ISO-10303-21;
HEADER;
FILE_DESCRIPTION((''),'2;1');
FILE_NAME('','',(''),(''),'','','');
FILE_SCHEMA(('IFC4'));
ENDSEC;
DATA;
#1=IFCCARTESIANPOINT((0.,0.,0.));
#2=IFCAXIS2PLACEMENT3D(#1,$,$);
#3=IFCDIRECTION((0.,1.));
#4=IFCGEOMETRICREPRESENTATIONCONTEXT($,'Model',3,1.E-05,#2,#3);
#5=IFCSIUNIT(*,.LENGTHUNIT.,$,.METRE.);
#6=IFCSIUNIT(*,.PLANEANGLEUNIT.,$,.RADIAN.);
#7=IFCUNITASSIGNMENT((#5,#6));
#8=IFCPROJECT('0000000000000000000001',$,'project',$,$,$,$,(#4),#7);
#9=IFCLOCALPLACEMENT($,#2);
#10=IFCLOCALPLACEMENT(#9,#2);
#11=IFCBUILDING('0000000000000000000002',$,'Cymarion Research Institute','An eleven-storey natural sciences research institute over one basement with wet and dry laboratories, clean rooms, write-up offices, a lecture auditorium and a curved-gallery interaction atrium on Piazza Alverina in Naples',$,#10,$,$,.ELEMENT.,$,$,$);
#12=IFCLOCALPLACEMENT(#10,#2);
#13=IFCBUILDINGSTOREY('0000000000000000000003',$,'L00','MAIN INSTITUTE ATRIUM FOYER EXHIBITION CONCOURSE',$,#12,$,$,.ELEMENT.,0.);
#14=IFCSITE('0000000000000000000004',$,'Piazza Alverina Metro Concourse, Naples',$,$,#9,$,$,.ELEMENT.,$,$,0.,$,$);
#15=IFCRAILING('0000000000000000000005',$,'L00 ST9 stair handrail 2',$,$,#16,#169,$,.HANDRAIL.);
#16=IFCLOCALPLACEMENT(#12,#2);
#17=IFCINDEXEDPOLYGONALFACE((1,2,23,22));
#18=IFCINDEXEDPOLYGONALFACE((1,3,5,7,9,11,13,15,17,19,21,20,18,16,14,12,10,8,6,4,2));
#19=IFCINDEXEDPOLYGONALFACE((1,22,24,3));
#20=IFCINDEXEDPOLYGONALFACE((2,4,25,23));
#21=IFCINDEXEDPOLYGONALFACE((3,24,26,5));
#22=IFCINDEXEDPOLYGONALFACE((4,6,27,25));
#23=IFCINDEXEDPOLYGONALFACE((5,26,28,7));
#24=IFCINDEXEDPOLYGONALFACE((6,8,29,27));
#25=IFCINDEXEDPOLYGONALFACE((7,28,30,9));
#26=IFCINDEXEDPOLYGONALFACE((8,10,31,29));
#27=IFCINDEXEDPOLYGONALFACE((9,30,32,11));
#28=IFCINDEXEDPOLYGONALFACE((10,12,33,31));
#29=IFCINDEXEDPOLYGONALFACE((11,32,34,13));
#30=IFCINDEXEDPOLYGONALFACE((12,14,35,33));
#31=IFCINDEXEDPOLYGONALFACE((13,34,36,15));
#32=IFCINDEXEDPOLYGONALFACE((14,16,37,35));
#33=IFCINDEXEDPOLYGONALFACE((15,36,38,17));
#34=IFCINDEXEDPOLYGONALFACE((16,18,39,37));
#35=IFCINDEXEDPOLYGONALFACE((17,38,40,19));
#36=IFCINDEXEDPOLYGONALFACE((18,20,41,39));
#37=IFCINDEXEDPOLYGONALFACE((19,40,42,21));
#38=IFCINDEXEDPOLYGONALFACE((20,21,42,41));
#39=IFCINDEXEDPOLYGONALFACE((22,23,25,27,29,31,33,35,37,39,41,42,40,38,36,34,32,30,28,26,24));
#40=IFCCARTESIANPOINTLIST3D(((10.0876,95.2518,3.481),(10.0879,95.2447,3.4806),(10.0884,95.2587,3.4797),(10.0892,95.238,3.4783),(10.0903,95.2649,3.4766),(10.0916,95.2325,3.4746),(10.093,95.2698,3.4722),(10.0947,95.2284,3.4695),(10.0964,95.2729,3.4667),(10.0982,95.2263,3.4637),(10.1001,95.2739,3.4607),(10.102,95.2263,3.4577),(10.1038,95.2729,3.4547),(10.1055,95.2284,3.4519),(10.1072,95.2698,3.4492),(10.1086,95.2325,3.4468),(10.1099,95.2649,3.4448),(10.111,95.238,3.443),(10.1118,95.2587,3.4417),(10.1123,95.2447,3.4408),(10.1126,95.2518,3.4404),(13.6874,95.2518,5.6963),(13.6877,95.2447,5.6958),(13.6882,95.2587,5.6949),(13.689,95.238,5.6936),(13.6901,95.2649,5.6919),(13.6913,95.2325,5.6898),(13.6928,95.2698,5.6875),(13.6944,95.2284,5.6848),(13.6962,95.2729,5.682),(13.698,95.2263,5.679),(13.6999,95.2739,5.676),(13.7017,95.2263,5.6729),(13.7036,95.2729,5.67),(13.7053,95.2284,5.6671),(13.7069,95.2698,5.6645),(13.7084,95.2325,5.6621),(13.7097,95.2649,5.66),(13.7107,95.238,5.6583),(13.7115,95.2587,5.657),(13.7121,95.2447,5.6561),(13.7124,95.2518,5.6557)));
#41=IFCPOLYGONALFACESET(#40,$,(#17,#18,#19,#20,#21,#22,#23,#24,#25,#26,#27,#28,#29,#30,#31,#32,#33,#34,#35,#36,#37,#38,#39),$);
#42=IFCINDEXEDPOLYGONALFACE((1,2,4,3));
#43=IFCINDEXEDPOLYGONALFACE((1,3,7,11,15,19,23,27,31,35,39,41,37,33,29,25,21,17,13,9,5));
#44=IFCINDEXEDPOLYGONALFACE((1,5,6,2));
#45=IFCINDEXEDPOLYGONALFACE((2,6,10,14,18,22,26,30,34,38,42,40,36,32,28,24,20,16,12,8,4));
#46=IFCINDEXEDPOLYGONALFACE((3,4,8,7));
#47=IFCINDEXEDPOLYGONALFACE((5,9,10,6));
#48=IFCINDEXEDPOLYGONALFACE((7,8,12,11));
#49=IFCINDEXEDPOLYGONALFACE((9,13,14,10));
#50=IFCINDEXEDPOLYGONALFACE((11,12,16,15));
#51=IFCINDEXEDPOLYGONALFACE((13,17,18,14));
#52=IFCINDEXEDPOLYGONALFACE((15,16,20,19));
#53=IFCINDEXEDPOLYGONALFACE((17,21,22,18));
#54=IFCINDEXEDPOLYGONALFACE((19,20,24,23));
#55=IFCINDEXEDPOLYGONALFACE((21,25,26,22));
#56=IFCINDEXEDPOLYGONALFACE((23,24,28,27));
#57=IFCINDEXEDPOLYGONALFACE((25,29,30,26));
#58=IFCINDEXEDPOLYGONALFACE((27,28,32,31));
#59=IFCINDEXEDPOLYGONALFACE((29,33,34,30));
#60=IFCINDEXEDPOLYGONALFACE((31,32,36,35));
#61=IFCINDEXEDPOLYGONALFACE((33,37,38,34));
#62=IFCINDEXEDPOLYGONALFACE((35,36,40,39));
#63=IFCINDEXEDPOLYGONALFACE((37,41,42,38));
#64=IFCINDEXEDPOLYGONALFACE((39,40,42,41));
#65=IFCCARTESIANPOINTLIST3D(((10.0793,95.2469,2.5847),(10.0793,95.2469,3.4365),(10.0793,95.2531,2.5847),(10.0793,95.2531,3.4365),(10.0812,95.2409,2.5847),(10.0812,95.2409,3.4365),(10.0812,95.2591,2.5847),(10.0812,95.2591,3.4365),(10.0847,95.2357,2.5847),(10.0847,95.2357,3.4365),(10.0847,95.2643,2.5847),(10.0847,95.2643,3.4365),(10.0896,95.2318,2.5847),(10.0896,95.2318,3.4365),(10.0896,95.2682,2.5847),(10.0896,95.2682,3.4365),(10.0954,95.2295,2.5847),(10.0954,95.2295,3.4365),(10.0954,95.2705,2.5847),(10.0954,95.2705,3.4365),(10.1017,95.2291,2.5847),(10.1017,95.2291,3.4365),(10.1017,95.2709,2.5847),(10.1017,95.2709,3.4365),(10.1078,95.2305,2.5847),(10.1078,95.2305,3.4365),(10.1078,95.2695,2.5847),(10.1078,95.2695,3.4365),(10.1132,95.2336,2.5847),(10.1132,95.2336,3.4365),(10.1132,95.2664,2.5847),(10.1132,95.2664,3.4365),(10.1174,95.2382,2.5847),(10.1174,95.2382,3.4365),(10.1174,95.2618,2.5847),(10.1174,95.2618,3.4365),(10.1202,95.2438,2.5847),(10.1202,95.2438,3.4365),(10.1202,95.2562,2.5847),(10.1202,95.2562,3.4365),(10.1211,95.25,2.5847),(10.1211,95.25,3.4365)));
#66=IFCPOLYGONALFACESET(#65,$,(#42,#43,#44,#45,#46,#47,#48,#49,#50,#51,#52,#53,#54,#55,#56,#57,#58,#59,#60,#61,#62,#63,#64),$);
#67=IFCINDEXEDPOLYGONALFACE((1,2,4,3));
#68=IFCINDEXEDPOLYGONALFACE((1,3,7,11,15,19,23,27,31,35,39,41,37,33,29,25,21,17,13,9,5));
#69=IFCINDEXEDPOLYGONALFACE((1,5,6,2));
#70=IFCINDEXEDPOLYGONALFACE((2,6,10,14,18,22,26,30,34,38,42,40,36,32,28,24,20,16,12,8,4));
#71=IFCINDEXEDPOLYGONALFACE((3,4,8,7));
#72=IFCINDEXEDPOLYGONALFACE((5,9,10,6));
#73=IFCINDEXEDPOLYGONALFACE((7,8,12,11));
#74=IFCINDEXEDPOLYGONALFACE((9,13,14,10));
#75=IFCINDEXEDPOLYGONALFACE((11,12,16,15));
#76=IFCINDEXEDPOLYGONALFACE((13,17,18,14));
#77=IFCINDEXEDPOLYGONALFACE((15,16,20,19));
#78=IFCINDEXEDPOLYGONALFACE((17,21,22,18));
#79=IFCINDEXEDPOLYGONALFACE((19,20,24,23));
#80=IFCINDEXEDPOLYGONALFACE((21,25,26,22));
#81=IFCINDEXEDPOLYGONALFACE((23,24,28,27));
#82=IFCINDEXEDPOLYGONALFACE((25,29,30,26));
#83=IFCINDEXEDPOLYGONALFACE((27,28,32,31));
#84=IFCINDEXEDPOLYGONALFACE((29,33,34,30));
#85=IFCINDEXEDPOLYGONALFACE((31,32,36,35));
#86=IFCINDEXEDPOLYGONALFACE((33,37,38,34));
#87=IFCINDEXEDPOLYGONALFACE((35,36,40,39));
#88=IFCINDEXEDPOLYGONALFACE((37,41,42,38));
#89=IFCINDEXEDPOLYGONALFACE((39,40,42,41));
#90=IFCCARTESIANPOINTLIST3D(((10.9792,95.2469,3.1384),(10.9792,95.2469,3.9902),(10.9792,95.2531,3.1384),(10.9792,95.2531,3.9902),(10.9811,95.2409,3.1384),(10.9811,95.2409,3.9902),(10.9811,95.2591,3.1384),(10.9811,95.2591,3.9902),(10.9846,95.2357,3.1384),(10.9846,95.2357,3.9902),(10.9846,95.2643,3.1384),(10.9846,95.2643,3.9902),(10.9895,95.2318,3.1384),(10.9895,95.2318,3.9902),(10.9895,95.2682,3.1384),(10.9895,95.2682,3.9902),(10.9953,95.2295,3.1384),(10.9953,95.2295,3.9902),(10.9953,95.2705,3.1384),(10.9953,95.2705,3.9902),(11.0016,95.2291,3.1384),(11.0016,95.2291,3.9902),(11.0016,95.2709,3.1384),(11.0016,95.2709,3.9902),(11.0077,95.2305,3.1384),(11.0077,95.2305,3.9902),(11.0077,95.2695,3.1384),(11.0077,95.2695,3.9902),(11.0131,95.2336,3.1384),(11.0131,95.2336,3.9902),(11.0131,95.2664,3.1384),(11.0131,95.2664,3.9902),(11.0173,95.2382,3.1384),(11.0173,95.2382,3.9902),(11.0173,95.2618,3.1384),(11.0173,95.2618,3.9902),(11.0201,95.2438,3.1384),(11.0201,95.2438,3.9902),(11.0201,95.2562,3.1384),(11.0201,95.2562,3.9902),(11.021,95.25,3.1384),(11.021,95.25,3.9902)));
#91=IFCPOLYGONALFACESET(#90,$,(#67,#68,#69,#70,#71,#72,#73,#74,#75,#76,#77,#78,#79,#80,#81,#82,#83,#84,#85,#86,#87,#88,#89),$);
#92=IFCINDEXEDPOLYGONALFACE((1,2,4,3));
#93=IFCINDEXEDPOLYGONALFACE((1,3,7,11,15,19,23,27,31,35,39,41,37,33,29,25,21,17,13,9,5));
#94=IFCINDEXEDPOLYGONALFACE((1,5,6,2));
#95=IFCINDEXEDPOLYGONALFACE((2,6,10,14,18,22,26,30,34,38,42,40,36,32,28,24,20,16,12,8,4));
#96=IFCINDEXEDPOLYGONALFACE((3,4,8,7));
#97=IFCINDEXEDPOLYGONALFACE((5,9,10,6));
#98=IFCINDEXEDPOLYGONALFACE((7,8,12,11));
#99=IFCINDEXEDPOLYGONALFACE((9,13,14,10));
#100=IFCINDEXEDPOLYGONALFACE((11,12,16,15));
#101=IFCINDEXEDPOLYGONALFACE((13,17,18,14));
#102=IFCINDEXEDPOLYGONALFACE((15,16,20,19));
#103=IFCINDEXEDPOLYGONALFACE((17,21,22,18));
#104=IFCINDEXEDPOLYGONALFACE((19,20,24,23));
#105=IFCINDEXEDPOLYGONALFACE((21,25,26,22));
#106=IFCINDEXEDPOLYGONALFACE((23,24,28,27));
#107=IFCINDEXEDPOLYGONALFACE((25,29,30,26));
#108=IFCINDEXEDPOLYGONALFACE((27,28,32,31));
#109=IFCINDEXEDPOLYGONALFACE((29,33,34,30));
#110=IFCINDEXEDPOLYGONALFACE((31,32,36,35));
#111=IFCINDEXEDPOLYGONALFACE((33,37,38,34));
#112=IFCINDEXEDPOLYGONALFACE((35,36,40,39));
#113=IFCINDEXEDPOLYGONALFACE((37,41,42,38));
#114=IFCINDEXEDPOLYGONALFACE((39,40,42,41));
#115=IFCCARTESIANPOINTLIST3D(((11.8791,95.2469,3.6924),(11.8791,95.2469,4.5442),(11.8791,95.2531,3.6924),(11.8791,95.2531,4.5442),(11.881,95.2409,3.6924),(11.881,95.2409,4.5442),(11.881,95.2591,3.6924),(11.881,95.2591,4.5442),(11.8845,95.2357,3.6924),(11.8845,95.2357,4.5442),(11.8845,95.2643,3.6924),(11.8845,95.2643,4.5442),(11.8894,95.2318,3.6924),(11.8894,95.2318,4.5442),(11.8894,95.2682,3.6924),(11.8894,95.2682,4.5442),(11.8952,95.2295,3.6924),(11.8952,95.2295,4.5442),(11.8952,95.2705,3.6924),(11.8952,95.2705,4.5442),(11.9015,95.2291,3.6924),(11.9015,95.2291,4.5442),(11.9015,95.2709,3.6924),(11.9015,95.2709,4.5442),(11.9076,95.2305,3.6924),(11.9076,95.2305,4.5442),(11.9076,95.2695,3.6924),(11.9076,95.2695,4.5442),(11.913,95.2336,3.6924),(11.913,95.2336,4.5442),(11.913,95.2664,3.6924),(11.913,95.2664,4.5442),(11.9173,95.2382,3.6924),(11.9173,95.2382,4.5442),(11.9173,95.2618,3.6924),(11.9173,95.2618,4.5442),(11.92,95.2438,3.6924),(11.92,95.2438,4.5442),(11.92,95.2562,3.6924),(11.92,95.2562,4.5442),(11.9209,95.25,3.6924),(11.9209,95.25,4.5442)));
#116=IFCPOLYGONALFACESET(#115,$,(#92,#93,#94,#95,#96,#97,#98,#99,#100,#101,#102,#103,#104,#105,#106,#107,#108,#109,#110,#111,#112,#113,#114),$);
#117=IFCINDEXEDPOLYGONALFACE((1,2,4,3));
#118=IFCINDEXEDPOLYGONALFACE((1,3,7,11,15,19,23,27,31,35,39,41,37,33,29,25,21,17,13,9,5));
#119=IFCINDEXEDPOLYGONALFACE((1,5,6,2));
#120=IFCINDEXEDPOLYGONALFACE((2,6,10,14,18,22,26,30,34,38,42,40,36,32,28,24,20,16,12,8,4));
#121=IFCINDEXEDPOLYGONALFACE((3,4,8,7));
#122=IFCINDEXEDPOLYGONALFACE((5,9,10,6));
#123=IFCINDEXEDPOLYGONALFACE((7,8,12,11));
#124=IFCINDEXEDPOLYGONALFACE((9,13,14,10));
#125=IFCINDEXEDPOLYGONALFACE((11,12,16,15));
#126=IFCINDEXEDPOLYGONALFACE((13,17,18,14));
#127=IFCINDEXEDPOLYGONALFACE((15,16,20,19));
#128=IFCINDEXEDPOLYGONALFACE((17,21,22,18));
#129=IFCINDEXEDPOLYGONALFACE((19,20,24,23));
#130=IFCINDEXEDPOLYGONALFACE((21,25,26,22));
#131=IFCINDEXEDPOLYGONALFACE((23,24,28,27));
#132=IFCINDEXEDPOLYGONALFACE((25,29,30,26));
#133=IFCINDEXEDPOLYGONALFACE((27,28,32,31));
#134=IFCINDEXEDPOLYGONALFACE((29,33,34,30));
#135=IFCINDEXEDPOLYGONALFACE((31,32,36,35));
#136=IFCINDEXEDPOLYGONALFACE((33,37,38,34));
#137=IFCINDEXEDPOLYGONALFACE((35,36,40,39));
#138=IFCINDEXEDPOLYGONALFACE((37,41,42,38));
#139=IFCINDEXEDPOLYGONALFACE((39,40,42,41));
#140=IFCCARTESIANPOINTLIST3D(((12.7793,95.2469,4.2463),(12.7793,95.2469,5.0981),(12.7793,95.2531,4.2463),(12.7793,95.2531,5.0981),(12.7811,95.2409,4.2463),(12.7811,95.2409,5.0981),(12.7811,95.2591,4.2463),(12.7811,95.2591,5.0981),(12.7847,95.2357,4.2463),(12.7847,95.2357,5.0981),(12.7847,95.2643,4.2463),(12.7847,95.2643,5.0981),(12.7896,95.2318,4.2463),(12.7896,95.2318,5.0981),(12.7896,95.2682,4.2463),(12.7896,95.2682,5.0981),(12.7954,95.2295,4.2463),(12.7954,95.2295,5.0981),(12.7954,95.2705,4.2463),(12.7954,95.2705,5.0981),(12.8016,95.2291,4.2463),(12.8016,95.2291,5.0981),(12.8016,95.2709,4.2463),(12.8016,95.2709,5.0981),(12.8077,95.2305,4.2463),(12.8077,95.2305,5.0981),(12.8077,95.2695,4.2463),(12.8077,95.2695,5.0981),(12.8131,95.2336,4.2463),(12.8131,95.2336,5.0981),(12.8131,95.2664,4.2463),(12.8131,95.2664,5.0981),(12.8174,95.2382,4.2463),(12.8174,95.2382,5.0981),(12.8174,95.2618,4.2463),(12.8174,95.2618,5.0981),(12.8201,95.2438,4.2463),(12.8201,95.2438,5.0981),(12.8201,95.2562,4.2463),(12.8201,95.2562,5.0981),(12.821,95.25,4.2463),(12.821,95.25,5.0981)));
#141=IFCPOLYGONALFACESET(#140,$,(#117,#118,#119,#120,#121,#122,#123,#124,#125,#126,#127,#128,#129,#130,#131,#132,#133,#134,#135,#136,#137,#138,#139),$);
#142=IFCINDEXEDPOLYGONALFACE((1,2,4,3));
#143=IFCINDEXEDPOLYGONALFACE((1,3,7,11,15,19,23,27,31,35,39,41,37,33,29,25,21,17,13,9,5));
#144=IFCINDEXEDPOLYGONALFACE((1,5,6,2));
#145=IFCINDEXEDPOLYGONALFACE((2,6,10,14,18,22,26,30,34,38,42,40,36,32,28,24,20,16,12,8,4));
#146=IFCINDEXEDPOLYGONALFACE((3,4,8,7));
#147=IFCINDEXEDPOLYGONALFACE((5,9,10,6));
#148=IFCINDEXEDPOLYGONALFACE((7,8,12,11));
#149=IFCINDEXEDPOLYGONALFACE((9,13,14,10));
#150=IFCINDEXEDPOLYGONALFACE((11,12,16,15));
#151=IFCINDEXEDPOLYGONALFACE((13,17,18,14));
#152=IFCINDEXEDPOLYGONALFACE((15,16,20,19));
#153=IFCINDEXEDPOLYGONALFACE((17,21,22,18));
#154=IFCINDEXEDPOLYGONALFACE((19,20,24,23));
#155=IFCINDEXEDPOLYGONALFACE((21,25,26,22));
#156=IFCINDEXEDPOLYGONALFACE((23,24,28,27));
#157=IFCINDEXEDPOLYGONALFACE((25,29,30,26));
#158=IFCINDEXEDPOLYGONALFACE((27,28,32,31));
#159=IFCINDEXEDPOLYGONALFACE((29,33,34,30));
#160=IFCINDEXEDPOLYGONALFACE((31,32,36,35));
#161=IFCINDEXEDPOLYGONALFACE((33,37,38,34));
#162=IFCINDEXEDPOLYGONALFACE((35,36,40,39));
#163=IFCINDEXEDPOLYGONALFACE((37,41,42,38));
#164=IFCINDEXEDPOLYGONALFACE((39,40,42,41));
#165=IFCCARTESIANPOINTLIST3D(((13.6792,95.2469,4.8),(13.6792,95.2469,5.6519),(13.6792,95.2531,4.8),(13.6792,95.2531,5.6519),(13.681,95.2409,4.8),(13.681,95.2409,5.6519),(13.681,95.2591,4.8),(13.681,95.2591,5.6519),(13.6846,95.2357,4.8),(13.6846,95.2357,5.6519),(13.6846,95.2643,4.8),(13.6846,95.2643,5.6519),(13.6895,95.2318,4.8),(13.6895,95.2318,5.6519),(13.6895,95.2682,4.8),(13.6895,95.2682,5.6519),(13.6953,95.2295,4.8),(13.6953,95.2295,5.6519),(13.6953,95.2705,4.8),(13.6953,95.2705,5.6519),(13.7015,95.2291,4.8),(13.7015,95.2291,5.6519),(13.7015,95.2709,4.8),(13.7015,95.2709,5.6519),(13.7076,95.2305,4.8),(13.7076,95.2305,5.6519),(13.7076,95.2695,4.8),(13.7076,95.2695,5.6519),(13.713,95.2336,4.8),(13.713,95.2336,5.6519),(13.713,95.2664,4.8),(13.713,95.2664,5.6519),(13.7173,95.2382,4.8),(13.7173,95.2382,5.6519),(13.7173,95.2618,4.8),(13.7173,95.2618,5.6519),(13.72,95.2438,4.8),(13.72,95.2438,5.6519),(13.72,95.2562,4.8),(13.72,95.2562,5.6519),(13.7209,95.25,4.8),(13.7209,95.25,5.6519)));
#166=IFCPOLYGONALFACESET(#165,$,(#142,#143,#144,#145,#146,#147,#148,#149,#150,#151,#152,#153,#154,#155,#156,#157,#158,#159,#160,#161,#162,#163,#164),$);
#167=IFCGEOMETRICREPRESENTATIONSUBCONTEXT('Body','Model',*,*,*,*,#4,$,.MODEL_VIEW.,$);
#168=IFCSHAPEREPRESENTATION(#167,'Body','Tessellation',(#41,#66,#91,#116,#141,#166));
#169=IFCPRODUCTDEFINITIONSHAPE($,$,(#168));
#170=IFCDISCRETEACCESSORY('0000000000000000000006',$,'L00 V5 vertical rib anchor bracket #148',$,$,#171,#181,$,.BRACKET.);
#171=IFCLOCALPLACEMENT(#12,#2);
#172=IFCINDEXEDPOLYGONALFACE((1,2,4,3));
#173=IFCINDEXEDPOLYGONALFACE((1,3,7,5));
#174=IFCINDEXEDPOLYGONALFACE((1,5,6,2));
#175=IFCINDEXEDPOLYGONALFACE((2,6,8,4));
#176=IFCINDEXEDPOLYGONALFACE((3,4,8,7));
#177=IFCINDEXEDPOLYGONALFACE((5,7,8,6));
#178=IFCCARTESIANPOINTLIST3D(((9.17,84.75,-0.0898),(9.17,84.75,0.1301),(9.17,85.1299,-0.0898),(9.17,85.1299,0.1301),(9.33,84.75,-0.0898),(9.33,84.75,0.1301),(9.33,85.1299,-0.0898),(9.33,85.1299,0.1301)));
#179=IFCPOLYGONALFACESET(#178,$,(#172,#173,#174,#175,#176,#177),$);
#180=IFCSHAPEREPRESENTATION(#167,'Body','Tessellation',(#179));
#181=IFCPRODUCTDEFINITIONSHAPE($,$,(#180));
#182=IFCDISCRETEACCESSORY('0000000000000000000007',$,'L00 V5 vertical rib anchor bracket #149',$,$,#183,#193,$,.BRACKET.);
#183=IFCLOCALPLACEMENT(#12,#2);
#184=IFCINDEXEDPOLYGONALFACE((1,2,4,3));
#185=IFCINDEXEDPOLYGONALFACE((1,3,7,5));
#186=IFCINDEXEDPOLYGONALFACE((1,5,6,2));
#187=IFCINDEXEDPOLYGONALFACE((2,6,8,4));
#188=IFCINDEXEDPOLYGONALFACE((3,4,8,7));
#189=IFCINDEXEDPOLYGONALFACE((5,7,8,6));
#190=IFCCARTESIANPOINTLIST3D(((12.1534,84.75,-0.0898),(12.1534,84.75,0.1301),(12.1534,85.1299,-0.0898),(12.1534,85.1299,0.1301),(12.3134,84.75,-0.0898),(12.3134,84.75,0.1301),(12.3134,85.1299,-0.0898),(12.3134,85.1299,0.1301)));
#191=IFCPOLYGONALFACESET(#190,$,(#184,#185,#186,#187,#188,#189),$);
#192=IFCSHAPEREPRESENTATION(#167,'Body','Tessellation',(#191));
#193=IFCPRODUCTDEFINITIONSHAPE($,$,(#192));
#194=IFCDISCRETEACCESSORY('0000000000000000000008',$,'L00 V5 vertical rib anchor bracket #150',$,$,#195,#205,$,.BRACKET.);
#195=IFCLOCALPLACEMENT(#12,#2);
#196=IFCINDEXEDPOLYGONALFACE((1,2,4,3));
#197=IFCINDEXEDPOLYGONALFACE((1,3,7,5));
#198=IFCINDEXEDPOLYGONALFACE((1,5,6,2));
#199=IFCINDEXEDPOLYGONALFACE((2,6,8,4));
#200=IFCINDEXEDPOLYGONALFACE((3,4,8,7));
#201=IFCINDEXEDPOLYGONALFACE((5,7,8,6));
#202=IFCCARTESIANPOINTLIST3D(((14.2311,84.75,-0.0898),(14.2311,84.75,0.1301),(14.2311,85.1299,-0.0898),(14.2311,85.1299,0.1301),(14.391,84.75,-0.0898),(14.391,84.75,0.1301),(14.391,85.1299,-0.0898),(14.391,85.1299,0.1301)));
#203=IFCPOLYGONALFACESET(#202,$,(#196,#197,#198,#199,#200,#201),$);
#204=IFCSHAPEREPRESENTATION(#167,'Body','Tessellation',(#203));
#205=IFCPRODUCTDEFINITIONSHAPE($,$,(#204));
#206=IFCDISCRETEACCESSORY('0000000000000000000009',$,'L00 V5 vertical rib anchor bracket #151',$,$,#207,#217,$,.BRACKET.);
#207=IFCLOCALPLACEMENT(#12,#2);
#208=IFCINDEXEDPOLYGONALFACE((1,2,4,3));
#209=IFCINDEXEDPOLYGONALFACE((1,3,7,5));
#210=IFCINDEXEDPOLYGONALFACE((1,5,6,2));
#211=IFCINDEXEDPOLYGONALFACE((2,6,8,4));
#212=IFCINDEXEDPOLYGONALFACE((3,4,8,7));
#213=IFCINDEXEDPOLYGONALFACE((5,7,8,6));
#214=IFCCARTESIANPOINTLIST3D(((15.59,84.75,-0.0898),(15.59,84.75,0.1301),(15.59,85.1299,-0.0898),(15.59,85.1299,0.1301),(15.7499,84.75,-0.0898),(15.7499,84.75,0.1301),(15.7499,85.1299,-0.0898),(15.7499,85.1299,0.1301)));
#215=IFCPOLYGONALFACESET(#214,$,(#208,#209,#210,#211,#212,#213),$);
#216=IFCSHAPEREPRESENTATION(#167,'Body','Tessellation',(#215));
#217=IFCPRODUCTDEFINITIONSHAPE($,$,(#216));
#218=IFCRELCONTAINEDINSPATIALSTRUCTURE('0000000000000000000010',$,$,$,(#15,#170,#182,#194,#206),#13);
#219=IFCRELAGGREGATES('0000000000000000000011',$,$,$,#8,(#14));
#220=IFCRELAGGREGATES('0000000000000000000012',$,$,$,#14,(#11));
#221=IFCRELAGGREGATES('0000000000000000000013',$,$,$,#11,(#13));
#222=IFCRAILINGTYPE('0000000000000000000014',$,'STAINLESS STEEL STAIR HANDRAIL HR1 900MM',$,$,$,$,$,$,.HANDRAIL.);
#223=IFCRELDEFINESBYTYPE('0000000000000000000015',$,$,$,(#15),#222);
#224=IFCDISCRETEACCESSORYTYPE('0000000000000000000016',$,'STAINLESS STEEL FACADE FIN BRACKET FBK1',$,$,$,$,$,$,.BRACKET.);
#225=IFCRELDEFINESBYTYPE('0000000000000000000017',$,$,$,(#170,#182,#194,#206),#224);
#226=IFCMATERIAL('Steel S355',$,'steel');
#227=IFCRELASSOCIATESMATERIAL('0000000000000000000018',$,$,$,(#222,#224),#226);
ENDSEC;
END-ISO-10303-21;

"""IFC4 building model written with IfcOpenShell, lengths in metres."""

from ifc_helpers import new_model, si_unit, direction, frame, origin, origin_2d, place, context, subcontext, project, spatial, rectangle, circle, extrude, material, type_object, element, save


model = new_model("IFC4")

# Units and contexts
model_context = context("Model", 3, precision=1e-05, world=origin(), true_north=direction((0.0, 1.0)))
body_context = subcontext(model_context, "Body", "Model", "MODEL_VIEW")
ifc_project = project(units=[si_unit("LENGTHUNIT", "METRE"), si_unit("PLANEANGLEUNIT", "RADIAN")], contexts=[model_context])

# Site, building, storey
site_placement = place(None, origin())
site = spatial("IfcSite", under=ifc_project, at=site_placement, Name="Piazza Alverina Metro Concourse, Naples", CompositionType="ELEMENT", RefElevation=0.0)
building_placement = place(site_placement, origin())
building = spatial("IfcBuilding", under=site, at=building_placement, Name="Cymarion Research Institute", Description="An eleven-storey natural sciences research institute over one basement with wet and dry laboratories, clean rooms, write-up offices, a lecture auditorium and a curved-gallery interaction atrium on Piazza Alverina in Naples", CompositionType="ELEMENT")
storey_placement = place(building_placement, origin())
storey = spatial("IfcBuildingStorey", under=building, at=storey_placement, Name="L00", Description="MAIN INSTITUTE ATRIUM FOYER EXHIBITION CONCOURSE", CompositionType="ELEMENT", Elevation=0.0)

# Shared definitions
ifc_material_1 = material(Name="Steel S355", Category="steel")

# Railing
railing_type_1 = type_object("IfcRailingType", Name="STAINLESS STEEL STAIR HANDRAIL HR1 900MM", PredefinedType="HANDRAIL", material=ifc_material_1)
railing_1_placement = place(storey_placement, frame((10.1001, 95.25, 2.5847)))
element("IfcRailing", 1, at=railing_1_placement, inside=storey, type_object=railing_type_1, Name="L00 ST9 stair handrail 2", PredefinedType="HANDRAIL", context=body_context, shape_type="SweptSolid", body=[
    extrude(circle(Radius=0.0239, at=origin_2d()), frame((0.0, 0.0, 0.876), z_axis=(0.851654, 0.0, 0.524104), x_axis=(0.0, 1.0, 0.0)), (0.0, 0.0, 1.0), 4.2268),
    extrude(circle(Radius=0.021, at=origin_2d()), origin(), (0.0, 0.0, 1.0), 0.8518),
    extrude(circle(Radius=0.021, at=origin_2d()), frame((0.8999, 0.0, 0.5537)), (0.0, 0.0, 1.0), 0.8518),
    extrude(circle(Radius=0.021, at=origin_2d()), frame((1.7998, 0.0, 1.1077)), (0.0, 0.0, 1.0), 0.8518),
    extrude(circle(Radius=0.021, at=origin_2d()), frame((2.7, 0.0, 1.6616)), (0.0, 0.0, 1.0), 0.8518),
    extrude(circle(Radius=0.021, at=origin_2d()), frame((3.5999, 0.0, 2.2153)), (0.0, 0.0, 1.0), 0.8518),
])

# Discrete accessories
discrete_accessory_type = type_object("IfcDiscreteAccessoryType", Name="STAINLESS STEEL FACADE FIN BRACKET FBK1", PredefinedType="BRACKET", material=ifc_material_1)
for number, where, z_axis, x_axis, name in (
    (2, (9.25, 84.9399, -0.0898), (0.0, 0.0, 1.0), (0.0, -1.0, 0.0), "L00 V5 vertical rib anchor bracket #148"),
    (3, (12.2334, 84.9399, -0.0898), (0.0, 0.0, 1.0), (0.0, -1.0, 0.0), "L00 V5 vertical rib anchor bracket #149"),
    (4, (14.311, 84.9399, -0.0898), (0.0, 0.0, 1.0), (0.0, -1.0, 0.0), "L00 V5 vertical rib anchor bracket #150"),
    (5, (15.6699, 84.9399, -0.0898), (0.0, 0.0, 1.0), (0.0, -1.0, 0.0), "L00 V5 vertical rib anchor bracket #151"),
):
    element("IfcDiscreteAccessory", number, at=place(storey_placement, frame(where, z_axis=z_axis, x_axis=x_axis)), inside=storey, type_object=discrete_accessory_type, Name=name, PredefinedType="BRACKET", context=body_context, shape_type="SweptSolid", body=[
        extrude(rectangle(XDim=0.3799, YDim=0.1599, at=origin_2d()), origin(), (0.0, 0.0, 1.0), 0.22),
    ])

save(model, "model.ifc")
